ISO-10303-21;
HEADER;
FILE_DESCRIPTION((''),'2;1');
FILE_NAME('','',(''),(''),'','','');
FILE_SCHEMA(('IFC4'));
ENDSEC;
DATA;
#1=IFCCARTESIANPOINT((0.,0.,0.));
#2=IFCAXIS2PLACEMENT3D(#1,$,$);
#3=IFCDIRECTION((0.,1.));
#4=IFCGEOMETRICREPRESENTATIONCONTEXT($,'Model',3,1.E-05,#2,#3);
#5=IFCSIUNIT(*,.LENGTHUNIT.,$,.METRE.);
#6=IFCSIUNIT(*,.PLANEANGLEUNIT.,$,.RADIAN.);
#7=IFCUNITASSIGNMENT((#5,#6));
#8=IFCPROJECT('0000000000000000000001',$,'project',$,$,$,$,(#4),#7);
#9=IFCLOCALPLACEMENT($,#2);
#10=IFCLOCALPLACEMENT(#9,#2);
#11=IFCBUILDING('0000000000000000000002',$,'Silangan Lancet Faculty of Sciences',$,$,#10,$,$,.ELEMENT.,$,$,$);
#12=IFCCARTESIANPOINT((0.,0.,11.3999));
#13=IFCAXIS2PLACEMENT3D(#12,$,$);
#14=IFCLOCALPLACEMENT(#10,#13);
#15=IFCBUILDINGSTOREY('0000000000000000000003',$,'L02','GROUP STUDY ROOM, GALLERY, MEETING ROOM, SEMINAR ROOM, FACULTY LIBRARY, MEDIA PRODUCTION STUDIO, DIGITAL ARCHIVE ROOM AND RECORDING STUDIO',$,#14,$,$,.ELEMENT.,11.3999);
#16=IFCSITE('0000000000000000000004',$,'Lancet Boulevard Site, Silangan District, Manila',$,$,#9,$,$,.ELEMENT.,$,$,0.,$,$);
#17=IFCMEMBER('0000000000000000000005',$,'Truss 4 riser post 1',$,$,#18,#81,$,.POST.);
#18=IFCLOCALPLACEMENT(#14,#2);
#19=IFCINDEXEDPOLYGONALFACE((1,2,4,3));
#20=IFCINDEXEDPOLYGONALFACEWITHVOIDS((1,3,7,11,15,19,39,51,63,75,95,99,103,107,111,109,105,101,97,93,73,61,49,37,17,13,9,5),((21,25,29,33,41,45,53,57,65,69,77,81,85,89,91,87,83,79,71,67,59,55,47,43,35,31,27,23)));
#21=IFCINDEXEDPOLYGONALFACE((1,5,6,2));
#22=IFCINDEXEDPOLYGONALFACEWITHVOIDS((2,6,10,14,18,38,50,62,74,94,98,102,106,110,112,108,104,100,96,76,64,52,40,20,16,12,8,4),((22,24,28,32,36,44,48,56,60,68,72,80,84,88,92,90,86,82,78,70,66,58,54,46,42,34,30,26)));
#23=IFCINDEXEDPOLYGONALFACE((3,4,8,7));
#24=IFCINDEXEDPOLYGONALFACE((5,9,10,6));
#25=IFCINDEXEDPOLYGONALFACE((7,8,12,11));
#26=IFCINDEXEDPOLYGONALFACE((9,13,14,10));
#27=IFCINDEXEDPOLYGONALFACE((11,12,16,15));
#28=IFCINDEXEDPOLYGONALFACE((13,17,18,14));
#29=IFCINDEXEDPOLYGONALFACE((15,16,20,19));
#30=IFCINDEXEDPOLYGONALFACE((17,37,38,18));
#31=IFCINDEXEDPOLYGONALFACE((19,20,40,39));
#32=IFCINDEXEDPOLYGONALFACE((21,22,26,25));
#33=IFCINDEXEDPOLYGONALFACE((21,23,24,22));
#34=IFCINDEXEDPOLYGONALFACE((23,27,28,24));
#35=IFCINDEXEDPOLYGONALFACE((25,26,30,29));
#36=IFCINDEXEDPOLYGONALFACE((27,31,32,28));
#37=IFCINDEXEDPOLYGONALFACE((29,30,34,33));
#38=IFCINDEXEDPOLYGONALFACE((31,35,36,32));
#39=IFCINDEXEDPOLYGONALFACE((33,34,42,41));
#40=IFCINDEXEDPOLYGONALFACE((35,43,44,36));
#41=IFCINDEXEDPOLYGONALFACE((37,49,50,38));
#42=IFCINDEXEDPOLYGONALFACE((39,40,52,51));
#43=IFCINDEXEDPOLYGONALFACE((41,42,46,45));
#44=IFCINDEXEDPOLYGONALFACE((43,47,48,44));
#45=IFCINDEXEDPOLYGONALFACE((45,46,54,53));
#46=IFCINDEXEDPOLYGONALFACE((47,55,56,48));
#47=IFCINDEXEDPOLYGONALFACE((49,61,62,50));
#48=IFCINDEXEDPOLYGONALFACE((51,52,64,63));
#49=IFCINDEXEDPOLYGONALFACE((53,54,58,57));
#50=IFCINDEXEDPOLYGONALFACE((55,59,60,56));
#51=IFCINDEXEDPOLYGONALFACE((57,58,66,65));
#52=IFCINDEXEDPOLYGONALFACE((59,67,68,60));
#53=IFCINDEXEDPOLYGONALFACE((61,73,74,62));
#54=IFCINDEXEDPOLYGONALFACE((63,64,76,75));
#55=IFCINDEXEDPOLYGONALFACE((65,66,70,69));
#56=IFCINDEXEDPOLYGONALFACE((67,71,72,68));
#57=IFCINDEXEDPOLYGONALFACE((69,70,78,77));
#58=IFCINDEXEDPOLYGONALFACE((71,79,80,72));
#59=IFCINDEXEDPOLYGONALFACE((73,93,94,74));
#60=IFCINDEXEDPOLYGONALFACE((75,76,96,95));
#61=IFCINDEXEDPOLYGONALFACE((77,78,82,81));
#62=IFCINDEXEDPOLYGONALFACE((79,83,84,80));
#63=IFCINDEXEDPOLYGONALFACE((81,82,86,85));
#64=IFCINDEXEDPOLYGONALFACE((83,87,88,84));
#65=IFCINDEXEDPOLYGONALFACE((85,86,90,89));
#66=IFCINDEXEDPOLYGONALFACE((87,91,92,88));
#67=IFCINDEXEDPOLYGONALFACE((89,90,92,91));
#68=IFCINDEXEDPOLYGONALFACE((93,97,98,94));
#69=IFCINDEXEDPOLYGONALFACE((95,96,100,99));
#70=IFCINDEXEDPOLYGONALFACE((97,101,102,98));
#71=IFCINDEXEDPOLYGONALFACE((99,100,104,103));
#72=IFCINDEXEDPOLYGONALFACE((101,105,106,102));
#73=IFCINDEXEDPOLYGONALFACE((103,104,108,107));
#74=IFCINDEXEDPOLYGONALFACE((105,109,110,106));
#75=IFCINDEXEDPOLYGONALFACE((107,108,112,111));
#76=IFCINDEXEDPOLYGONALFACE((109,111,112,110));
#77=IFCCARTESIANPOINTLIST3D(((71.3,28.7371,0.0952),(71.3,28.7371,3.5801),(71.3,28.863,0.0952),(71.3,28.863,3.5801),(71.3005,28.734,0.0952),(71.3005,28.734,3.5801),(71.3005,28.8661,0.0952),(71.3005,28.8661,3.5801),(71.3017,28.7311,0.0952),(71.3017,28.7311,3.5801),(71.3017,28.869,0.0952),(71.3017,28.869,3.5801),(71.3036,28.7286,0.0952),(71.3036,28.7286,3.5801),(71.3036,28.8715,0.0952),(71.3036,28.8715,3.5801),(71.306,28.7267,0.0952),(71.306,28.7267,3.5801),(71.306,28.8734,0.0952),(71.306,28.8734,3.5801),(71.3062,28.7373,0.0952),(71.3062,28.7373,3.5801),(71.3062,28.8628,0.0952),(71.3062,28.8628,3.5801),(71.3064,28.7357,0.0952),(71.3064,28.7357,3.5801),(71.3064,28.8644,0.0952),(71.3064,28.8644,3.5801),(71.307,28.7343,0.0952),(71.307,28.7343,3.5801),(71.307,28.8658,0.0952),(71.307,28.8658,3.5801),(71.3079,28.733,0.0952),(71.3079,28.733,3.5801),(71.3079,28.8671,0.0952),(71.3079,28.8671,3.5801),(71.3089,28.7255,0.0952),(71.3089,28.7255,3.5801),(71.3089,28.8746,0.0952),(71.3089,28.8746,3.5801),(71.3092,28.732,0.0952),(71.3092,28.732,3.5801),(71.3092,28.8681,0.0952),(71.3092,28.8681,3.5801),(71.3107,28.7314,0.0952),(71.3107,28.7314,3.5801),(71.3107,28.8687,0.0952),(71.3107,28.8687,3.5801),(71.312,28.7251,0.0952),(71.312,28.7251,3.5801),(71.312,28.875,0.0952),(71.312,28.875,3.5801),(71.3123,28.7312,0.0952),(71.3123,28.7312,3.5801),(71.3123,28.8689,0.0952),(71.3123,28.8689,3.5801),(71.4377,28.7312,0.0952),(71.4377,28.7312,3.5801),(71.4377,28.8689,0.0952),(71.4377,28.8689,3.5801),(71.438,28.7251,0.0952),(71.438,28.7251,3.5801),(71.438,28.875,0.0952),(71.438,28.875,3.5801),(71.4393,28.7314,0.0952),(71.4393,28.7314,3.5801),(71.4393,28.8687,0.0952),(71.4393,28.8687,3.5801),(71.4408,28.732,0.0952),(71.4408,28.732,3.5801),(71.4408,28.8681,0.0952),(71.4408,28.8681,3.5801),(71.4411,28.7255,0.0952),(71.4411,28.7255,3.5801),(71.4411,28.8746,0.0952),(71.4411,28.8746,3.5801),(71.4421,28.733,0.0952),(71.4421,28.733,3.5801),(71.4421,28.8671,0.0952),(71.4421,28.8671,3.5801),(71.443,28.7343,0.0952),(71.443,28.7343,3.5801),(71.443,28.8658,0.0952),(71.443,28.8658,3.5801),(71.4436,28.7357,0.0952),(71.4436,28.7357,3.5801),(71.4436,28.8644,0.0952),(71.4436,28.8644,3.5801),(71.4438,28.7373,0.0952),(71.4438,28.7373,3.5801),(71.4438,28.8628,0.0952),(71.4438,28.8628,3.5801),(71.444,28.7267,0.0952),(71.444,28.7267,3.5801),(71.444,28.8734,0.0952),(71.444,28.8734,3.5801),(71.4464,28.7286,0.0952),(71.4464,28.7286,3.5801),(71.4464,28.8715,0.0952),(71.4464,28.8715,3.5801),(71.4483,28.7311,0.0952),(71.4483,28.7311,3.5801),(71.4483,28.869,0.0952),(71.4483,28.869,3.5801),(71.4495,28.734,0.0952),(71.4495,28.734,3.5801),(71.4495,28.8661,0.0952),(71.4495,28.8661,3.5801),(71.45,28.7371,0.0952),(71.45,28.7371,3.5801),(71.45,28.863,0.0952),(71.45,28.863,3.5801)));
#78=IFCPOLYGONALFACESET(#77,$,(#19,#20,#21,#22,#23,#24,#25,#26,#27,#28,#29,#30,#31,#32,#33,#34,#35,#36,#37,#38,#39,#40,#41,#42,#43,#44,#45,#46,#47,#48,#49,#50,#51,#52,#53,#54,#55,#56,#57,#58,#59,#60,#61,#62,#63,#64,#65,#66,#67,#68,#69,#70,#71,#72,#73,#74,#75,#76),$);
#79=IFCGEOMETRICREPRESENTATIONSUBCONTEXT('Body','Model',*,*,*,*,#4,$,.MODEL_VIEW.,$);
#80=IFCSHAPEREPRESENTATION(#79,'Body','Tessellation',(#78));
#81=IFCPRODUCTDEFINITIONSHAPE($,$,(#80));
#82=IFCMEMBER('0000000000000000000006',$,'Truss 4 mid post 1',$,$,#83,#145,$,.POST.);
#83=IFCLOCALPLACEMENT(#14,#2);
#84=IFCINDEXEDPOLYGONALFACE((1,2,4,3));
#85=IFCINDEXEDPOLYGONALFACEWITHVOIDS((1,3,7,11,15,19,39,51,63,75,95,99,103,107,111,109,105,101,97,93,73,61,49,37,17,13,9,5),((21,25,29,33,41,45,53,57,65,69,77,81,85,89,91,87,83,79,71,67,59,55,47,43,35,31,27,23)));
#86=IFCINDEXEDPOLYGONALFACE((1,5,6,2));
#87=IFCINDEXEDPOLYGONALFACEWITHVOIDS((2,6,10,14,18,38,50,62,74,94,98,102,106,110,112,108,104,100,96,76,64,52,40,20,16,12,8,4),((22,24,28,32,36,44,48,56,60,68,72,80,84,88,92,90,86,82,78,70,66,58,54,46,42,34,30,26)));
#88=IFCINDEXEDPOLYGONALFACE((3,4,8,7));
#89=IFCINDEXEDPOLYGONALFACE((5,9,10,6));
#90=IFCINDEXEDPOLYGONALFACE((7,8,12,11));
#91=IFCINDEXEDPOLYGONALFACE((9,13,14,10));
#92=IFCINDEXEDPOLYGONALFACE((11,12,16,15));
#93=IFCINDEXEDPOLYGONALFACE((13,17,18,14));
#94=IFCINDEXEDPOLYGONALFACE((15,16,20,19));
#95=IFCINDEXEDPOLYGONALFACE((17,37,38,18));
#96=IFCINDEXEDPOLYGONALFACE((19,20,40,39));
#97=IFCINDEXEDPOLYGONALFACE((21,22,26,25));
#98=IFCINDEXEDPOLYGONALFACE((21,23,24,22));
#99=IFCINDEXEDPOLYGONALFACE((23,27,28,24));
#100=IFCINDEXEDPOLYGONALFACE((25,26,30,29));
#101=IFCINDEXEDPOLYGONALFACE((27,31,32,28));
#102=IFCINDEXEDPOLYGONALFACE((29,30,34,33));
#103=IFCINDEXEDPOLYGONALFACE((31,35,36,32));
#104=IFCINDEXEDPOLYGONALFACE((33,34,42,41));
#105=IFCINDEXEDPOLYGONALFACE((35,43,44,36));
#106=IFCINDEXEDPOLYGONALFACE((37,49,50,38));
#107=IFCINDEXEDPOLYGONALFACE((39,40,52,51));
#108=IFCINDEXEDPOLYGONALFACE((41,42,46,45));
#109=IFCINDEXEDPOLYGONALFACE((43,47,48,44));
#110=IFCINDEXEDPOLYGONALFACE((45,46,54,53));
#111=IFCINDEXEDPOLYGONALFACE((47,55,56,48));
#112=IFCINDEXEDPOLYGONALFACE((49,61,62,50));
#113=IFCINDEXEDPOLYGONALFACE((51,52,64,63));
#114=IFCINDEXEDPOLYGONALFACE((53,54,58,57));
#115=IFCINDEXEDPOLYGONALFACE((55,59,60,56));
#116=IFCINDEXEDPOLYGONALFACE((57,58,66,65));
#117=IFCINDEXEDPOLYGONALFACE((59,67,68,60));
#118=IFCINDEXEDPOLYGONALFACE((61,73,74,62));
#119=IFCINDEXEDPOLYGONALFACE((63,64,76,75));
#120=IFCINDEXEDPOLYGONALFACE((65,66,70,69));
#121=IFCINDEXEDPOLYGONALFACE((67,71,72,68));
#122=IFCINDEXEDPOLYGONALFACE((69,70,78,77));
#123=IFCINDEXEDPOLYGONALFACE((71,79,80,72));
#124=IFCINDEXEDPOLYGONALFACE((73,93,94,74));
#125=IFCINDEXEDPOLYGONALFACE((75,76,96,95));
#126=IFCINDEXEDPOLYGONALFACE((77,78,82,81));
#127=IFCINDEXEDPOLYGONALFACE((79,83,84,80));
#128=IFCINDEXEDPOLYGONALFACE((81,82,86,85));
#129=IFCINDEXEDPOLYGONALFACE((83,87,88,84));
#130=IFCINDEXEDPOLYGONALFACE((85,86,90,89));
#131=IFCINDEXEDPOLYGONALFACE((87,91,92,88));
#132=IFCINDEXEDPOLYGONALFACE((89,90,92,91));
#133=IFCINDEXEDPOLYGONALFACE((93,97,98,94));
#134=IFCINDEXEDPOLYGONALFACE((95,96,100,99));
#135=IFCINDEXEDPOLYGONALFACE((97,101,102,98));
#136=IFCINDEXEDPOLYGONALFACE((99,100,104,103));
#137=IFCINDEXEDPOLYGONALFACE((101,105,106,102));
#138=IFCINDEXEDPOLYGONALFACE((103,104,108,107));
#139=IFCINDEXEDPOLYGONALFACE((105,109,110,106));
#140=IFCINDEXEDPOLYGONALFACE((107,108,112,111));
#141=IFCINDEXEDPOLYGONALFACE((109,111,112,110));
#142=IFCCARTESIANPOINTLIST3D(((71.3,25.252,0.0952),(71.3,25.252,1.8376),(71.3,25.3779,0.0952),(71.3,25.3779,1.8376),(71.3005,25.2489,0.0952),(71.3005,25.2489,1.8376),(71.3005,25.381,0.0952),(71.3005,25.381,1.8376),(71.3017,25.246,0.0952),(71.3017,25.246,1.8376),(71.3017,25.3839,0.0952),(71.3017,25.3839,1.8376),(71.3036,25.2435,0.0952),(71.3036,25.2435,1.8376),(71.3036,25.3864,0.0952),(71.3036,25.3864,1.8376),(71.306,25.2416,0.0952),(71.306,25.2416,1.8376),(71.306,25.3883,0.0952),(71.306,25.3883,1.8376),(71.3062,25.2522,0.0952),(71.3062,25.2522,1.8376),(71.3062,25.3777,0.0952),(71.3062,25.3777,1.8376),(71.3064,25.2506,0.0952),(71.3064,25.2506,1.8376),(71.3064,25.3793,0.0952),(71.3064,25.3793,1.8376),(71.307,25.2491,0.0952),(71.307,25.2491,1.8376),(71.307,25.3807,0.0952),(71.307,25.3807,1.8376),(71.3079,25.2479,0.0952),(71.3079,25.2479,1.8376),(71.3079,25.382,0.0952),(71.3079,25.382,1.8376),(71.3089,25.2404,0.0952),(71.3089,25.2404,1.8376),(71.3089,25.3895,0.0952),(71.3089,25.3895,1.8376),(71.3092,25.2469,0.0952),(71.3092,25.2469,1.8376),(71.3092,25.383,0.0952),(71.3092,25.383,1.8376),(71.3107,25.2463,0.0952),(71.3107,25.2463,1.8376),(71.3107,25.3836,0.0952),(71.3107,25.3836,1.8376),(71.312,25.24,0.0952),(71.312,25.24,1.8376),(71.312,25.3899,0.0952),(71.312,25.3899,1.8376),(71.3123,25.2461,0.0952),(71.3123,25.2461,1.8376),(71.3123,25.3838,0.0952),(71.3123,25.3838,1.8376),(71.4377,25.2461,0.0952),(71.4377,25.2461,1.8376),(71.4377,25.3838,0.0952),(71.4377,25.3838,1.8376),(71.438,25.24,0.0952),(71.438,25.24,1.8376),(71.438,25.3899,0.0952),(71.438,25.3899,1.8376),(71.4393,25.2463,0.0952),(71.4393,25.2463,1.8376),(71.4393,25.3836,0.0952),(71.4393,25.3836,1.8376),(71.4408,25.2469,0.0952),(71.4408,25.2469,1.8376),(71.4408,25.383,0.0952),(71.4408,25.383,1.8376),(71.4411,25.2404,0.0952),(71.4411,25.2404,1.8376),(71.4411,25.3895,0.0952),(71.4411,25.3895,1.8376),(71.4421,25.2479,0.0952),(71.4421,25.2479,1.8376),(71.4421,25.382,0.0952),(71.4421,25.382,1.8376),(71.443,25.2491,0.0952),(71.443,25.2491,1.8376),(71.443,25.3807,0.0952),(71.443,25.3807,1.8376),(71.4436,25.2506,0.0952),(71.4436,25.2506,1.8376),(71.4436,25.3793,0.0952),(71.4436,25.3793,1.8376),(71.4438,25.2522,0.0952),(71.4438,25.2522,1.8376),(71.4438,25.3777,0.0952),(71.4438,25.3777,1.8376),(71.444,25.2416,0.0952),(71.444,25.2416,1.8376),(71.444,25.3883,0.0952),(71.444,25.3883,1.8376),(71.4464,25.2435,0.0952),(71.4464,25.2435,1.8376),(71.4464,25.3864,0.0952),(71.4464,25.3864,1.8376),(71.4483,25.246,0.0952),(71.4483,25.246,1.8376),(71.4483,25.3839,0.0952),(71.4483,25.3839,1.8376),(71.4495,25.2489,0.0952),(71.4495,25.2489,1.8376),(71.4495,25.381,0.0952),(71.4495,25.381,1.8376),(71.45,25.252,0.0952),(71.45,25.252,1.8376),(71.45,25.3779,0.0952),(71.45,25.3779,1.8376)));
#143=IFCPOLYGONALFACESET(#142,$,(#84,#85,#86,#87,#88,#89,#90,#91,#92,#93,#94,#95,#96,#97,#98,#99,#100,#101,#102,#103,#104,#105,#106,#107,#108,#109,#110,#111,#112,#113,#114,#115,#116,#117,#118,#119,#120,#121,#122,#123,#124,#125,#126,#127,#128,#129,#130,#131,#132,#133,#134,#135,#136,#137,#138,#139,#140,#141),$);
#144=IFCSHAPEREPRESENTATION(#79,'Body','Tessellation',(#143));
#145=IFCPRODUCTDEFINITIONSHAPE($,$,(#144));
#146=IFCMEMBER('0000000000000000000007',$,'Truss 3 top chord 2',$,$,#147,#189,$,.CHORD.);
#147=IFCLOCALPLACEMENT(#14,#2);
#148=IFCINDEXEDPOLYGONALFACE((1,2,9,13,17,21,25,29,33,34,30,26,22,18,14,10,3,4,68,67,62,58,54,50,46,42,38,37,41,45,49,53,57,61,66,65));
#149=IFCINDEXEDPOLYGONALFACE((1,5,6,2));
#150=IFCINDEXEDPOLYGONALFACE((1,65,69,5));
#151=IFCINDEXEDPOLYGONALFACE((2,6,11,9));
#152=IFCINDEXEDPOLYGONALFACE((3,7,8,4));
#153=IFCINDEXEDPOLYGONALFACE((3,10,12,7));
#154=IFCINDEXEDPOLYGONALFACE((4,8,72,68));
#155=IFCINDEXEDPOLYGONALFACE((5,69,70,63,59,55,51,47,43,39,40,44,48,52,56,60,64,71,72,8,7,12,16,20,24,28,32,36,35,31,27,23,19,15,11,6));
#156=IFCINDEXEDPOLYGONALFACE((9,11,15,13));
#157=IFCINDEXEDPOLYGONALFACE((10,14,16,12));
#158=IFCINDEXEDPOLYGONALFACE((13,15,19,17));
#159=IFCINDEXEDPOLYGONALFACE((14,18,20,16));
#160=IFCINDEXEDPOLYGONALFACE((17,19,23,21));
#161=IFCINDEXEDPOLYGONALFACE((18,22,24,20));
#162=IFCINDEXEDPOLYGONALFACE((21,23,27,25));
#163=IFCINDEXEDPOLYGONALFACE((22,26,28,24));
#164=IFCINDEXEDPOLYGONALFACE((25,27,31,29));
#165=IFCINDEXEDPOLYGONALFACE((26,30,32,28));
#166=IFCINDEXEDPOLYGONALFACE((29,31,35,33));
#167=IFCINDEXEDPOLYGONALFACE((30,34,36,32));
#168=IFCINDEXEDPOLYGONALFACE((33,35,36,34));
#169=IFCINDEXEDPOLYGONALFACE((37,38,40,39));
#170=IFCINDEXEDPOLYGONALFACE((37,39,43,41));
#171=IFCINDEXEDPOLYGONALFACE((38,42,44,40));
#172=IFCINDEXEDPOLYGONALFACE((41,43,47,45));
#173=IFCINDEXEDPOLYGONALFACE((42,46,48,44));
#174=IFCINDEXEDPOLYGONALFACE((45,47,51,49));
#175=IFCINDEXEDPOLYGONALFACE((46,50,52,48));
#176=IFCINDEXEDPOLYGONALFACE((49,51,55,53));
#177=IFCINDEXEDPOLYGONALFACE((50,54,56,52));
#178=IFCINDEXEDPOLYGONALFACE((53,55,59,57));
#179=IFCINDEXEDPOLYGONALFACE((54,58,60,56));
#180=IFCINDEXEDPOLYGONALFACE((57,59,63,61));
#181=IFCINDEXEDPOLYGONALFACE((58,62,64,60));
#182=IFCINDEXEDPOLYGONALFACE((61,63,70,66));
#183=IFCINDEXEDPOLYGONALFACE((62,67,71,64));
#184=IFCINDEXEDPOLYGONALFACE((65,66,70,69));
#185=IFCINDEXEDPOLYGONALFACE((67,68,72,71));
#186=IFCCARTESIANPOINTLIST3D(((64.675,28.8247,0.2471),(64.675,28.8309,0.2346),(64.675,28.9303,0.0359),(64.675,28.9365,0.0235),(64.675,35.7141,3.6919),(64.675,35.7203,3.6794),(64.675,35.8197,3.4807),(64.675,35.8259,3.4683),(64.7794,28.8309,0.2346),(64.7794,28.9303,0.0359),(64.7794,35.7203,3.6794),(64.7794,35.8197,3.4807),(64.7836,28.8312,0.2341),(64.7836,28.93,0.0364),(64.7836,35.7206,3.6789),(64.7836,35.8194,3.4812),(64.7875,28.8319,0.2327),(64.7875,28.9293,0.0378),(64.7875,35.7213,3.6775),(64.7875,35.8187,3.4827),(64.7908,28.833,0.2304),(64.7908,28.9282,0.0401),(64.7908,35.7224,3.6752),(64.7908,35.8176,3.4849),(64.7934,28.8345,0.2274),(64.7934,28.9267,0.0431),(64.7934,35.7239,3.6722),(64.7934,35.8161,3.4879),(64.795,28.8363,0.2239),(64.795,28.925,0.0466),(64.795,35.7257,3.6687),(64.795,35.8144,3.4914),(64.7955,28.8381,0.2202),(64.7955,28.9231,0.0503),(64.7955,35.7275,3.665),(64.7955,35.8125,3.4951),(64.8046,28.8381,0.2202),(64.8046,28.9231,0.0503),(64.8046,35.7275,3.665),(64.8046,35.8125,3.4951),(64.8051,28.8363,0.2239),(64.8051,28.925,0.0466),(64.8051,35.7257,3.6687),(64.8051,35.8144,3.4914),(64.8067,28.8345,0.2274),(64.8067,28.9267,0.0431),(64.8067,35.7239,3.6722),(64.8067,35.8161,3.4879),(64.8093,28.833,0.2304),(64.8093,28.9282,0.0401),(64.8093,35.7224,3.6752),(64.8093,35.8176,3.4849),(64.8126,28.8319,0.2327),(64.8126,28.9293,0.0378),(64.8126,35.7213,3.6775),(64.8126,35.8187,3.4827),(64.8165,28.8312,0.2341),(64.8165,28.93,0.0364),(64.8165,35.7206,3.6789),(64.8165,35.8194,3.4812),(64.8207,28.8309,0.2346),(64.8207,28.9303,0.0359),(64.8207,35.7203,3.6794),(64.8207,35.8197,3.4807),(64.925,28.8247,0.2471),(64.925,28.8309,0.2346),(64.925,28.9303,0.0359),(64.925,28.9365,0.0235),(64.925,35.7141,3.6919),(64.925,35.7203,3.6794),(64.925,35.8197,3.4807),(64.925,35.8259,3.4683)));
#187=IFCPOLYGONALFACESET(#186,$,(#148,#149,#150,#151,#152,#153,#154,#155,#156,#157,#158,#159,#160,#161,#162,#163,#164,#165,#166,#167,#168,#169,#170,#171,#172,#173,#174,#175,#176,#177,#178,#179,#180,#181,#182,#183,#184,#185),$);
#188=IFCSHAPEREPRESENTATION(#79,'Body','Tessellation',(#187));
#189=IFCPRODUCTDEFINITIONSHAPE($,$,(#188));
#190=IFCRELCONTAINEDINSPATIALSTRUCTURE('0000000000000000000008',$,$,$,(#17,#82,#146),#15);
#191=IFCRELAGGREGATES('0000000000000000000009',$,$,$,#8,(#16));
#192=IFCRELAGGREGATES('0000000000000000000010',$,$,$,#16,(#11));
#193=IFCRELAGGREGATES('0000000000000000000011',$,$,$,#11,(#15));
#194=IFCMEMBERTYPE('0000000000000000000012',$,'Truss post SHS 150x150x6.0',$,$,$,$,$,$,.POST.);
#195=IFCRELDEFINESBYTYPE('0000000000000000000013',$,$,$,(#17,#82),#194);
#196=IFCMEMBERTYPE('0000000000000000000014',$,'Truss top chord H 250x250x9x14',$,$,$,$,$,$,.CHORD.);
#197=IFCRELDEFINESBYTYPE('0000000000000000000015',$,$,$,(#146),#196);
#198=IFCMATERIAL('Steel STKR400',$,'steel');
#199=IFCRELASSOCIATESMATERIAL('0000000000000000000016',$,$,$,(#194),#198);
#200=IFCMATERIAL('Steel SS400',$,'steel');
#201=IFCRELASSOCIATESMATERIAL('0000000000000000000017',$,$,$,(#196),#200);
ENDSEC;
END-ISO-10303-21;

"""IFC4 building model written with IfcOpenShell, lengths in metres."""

from ifc_helpers import new_model, si_unit, direction, frame, origin, origin_2d, place, context, subcontext, project, spatial, hollow_rectangle, i_section, extrude, material, material_profile, profile_set, type_object, element, save


model = new_model("IFC4")

# Units and contexts
model_context = context("Model", 3, precision=1e-05, world=origin(), true_north=direction((0.0, 1.0)))
body_context = subcontext(model_context, "Body", "Model", "MODEL_VIEW")
ifc_project = project(units=[si_unit("LENGTHUNIT", "METRE"), si_unit("PLANEANGLEUNIT", "RADIAN")], contexts=[model_context])

# Site, building, storey
site_placement = place(None, origin())
site = spatial("IfcSite", under=ifc_project, at=site_placement, Name="Lancet Boulevard Site, Silangan District, Manila", CompositionType="ELEMENT", RefElevation=0.0)
building_placement = place(site_placement, origin())
building = spatial("IfcBuilding", under=site, at=building_placement, Name="Silangan Lancet Faculty of Sciences", CompositionType="ELEMENT")
storey_placement = place(building_placement, frame((0.0, 0.0, 11.3999)))
storey = spatial("IfcBuildingStorey", under=building, at=storey_placement, Name="L02", Description="GROUP STUDY ROOM, GALLERY, MEETING ROOM, SEMINAR ROOM, FACULTY LIBRARY, MEDIA PRODUCTION STUDIO, DIGITAL ARCHIVE ROOM AND RECORDING STUDIO", CompositionType="ELEMENT", Elevation=11.3999)

# Members
ifc_material_1 = material(Name="Steel STKR400", Category="steel")
ifc_material_profile_1 = material_profile(ifc_material_1, hollow_rectangle(XDim=0.1499, YDim=0.1499, WallThickness=0.0061, InnerFilletRadius=0.0061, OuterFilletRadius=0.012, at=origin_2d()), Name="SHS 150x150x6.0")
ifc_profile_set_1 = profile_set([ifc_material_profile_1], Name="Steel STKR400")
member_type_1 = type_object("IfcMemberType", Name="Truss post SHS 150x150x6.0", PredefinedType="POST", material=ifc_profile_set_1)
member_1_placement = place(storey_placement, frame((71.375, 28.8, 0.0952), z_axis=(0.0, 0.0, 1.0), x_axis=(1.0, 0.0, 0.0)))
element("IfcMember", 1, at=member_1_placement, inside=storey, type_object=member_type_1, Name="Truss 4 riser post 1", PredefinedType="POST", context=body_context, shape_type="SweptSolid", body=[
    extrude(hollow_rectangle(XDim=0.1499, YDim=0.1499, WallThickness=0.0061, InnerFilletRadius=0.0061, OuterFilletRadius=0.012, at=origin_2d()), origin(), (0.0, 0.0, 1.0), 3.4849),
])
member_2_placement = place(storey_placement, frame((71.375, 25.3149, 0.0952), z_axis=(0.0, 0.0, 1.0), x_axis=(1.0, 0.0, 0.0)))
element("IfcMember", 2, at=member_2_placement, inside=storey, type_object=member_type_1, Name="Truss 4 mid post 1", PredefinedType="POST", context=body_context, shape_type="SweptSolid", body=[
    extrude(hollow_rectangle(XDim=0.1499, YDim=0.1499, WallThickness=0.0061, InnerFilletRadius=0.0061, OuterFilletRadius=0.012, at=origin_2d()), origin(), (0.0, 0.0, 1.0), 1.7424),
])
ifc_material_2 = material(Name="Steel SS400", Category="steel")
ifc_material_profile_2 = material_profile(ifc_material_2, i_section(OverallWidth=0.25, OverallDepth=0.25, WebThickness=0.009, FlangeThickness=0.0139, FilletRadius=0.0161, at=origin_2d()), Name="H 250x250x9x14")
ifc_profile_set_2 = profile_set([ifc_material_profile_2], Name="Steel SS400")
member_type_2 = type_object("IfcMemberType", Name="Truss top chord H 250x250x9x14", PredefinedType="CHORD", material=ifc_profile_set_2)
for number, where, z_axis, x_axis, name in (
    (3, (64.8, 28.8806, 0.1353), (0.0, 0.894421, 0.447226), (-1.0, 0.0, 0.0), "Truss 3 top chord 2"),
):
    element("IfcMember", number, at=place(storey_placement, frame(where, z_axis=z_axis, x_axis=x_axis)), inside=storey, type_object=member_type_2, Name=name, PredefinedType="CHORD", context=body_context, shape_type="SweptSolid", body=[
        extrude(i_section(OverallWidth=0.25, OverallDepth=0.25, WebThickness=0.009, FlangeThickness=0.0139, FilletRadius=0.0161, at=origin_2d()), origin(), (0.0, 0.0, 1.0), 7.7026),
    ])

save(model, "model.ifc")
